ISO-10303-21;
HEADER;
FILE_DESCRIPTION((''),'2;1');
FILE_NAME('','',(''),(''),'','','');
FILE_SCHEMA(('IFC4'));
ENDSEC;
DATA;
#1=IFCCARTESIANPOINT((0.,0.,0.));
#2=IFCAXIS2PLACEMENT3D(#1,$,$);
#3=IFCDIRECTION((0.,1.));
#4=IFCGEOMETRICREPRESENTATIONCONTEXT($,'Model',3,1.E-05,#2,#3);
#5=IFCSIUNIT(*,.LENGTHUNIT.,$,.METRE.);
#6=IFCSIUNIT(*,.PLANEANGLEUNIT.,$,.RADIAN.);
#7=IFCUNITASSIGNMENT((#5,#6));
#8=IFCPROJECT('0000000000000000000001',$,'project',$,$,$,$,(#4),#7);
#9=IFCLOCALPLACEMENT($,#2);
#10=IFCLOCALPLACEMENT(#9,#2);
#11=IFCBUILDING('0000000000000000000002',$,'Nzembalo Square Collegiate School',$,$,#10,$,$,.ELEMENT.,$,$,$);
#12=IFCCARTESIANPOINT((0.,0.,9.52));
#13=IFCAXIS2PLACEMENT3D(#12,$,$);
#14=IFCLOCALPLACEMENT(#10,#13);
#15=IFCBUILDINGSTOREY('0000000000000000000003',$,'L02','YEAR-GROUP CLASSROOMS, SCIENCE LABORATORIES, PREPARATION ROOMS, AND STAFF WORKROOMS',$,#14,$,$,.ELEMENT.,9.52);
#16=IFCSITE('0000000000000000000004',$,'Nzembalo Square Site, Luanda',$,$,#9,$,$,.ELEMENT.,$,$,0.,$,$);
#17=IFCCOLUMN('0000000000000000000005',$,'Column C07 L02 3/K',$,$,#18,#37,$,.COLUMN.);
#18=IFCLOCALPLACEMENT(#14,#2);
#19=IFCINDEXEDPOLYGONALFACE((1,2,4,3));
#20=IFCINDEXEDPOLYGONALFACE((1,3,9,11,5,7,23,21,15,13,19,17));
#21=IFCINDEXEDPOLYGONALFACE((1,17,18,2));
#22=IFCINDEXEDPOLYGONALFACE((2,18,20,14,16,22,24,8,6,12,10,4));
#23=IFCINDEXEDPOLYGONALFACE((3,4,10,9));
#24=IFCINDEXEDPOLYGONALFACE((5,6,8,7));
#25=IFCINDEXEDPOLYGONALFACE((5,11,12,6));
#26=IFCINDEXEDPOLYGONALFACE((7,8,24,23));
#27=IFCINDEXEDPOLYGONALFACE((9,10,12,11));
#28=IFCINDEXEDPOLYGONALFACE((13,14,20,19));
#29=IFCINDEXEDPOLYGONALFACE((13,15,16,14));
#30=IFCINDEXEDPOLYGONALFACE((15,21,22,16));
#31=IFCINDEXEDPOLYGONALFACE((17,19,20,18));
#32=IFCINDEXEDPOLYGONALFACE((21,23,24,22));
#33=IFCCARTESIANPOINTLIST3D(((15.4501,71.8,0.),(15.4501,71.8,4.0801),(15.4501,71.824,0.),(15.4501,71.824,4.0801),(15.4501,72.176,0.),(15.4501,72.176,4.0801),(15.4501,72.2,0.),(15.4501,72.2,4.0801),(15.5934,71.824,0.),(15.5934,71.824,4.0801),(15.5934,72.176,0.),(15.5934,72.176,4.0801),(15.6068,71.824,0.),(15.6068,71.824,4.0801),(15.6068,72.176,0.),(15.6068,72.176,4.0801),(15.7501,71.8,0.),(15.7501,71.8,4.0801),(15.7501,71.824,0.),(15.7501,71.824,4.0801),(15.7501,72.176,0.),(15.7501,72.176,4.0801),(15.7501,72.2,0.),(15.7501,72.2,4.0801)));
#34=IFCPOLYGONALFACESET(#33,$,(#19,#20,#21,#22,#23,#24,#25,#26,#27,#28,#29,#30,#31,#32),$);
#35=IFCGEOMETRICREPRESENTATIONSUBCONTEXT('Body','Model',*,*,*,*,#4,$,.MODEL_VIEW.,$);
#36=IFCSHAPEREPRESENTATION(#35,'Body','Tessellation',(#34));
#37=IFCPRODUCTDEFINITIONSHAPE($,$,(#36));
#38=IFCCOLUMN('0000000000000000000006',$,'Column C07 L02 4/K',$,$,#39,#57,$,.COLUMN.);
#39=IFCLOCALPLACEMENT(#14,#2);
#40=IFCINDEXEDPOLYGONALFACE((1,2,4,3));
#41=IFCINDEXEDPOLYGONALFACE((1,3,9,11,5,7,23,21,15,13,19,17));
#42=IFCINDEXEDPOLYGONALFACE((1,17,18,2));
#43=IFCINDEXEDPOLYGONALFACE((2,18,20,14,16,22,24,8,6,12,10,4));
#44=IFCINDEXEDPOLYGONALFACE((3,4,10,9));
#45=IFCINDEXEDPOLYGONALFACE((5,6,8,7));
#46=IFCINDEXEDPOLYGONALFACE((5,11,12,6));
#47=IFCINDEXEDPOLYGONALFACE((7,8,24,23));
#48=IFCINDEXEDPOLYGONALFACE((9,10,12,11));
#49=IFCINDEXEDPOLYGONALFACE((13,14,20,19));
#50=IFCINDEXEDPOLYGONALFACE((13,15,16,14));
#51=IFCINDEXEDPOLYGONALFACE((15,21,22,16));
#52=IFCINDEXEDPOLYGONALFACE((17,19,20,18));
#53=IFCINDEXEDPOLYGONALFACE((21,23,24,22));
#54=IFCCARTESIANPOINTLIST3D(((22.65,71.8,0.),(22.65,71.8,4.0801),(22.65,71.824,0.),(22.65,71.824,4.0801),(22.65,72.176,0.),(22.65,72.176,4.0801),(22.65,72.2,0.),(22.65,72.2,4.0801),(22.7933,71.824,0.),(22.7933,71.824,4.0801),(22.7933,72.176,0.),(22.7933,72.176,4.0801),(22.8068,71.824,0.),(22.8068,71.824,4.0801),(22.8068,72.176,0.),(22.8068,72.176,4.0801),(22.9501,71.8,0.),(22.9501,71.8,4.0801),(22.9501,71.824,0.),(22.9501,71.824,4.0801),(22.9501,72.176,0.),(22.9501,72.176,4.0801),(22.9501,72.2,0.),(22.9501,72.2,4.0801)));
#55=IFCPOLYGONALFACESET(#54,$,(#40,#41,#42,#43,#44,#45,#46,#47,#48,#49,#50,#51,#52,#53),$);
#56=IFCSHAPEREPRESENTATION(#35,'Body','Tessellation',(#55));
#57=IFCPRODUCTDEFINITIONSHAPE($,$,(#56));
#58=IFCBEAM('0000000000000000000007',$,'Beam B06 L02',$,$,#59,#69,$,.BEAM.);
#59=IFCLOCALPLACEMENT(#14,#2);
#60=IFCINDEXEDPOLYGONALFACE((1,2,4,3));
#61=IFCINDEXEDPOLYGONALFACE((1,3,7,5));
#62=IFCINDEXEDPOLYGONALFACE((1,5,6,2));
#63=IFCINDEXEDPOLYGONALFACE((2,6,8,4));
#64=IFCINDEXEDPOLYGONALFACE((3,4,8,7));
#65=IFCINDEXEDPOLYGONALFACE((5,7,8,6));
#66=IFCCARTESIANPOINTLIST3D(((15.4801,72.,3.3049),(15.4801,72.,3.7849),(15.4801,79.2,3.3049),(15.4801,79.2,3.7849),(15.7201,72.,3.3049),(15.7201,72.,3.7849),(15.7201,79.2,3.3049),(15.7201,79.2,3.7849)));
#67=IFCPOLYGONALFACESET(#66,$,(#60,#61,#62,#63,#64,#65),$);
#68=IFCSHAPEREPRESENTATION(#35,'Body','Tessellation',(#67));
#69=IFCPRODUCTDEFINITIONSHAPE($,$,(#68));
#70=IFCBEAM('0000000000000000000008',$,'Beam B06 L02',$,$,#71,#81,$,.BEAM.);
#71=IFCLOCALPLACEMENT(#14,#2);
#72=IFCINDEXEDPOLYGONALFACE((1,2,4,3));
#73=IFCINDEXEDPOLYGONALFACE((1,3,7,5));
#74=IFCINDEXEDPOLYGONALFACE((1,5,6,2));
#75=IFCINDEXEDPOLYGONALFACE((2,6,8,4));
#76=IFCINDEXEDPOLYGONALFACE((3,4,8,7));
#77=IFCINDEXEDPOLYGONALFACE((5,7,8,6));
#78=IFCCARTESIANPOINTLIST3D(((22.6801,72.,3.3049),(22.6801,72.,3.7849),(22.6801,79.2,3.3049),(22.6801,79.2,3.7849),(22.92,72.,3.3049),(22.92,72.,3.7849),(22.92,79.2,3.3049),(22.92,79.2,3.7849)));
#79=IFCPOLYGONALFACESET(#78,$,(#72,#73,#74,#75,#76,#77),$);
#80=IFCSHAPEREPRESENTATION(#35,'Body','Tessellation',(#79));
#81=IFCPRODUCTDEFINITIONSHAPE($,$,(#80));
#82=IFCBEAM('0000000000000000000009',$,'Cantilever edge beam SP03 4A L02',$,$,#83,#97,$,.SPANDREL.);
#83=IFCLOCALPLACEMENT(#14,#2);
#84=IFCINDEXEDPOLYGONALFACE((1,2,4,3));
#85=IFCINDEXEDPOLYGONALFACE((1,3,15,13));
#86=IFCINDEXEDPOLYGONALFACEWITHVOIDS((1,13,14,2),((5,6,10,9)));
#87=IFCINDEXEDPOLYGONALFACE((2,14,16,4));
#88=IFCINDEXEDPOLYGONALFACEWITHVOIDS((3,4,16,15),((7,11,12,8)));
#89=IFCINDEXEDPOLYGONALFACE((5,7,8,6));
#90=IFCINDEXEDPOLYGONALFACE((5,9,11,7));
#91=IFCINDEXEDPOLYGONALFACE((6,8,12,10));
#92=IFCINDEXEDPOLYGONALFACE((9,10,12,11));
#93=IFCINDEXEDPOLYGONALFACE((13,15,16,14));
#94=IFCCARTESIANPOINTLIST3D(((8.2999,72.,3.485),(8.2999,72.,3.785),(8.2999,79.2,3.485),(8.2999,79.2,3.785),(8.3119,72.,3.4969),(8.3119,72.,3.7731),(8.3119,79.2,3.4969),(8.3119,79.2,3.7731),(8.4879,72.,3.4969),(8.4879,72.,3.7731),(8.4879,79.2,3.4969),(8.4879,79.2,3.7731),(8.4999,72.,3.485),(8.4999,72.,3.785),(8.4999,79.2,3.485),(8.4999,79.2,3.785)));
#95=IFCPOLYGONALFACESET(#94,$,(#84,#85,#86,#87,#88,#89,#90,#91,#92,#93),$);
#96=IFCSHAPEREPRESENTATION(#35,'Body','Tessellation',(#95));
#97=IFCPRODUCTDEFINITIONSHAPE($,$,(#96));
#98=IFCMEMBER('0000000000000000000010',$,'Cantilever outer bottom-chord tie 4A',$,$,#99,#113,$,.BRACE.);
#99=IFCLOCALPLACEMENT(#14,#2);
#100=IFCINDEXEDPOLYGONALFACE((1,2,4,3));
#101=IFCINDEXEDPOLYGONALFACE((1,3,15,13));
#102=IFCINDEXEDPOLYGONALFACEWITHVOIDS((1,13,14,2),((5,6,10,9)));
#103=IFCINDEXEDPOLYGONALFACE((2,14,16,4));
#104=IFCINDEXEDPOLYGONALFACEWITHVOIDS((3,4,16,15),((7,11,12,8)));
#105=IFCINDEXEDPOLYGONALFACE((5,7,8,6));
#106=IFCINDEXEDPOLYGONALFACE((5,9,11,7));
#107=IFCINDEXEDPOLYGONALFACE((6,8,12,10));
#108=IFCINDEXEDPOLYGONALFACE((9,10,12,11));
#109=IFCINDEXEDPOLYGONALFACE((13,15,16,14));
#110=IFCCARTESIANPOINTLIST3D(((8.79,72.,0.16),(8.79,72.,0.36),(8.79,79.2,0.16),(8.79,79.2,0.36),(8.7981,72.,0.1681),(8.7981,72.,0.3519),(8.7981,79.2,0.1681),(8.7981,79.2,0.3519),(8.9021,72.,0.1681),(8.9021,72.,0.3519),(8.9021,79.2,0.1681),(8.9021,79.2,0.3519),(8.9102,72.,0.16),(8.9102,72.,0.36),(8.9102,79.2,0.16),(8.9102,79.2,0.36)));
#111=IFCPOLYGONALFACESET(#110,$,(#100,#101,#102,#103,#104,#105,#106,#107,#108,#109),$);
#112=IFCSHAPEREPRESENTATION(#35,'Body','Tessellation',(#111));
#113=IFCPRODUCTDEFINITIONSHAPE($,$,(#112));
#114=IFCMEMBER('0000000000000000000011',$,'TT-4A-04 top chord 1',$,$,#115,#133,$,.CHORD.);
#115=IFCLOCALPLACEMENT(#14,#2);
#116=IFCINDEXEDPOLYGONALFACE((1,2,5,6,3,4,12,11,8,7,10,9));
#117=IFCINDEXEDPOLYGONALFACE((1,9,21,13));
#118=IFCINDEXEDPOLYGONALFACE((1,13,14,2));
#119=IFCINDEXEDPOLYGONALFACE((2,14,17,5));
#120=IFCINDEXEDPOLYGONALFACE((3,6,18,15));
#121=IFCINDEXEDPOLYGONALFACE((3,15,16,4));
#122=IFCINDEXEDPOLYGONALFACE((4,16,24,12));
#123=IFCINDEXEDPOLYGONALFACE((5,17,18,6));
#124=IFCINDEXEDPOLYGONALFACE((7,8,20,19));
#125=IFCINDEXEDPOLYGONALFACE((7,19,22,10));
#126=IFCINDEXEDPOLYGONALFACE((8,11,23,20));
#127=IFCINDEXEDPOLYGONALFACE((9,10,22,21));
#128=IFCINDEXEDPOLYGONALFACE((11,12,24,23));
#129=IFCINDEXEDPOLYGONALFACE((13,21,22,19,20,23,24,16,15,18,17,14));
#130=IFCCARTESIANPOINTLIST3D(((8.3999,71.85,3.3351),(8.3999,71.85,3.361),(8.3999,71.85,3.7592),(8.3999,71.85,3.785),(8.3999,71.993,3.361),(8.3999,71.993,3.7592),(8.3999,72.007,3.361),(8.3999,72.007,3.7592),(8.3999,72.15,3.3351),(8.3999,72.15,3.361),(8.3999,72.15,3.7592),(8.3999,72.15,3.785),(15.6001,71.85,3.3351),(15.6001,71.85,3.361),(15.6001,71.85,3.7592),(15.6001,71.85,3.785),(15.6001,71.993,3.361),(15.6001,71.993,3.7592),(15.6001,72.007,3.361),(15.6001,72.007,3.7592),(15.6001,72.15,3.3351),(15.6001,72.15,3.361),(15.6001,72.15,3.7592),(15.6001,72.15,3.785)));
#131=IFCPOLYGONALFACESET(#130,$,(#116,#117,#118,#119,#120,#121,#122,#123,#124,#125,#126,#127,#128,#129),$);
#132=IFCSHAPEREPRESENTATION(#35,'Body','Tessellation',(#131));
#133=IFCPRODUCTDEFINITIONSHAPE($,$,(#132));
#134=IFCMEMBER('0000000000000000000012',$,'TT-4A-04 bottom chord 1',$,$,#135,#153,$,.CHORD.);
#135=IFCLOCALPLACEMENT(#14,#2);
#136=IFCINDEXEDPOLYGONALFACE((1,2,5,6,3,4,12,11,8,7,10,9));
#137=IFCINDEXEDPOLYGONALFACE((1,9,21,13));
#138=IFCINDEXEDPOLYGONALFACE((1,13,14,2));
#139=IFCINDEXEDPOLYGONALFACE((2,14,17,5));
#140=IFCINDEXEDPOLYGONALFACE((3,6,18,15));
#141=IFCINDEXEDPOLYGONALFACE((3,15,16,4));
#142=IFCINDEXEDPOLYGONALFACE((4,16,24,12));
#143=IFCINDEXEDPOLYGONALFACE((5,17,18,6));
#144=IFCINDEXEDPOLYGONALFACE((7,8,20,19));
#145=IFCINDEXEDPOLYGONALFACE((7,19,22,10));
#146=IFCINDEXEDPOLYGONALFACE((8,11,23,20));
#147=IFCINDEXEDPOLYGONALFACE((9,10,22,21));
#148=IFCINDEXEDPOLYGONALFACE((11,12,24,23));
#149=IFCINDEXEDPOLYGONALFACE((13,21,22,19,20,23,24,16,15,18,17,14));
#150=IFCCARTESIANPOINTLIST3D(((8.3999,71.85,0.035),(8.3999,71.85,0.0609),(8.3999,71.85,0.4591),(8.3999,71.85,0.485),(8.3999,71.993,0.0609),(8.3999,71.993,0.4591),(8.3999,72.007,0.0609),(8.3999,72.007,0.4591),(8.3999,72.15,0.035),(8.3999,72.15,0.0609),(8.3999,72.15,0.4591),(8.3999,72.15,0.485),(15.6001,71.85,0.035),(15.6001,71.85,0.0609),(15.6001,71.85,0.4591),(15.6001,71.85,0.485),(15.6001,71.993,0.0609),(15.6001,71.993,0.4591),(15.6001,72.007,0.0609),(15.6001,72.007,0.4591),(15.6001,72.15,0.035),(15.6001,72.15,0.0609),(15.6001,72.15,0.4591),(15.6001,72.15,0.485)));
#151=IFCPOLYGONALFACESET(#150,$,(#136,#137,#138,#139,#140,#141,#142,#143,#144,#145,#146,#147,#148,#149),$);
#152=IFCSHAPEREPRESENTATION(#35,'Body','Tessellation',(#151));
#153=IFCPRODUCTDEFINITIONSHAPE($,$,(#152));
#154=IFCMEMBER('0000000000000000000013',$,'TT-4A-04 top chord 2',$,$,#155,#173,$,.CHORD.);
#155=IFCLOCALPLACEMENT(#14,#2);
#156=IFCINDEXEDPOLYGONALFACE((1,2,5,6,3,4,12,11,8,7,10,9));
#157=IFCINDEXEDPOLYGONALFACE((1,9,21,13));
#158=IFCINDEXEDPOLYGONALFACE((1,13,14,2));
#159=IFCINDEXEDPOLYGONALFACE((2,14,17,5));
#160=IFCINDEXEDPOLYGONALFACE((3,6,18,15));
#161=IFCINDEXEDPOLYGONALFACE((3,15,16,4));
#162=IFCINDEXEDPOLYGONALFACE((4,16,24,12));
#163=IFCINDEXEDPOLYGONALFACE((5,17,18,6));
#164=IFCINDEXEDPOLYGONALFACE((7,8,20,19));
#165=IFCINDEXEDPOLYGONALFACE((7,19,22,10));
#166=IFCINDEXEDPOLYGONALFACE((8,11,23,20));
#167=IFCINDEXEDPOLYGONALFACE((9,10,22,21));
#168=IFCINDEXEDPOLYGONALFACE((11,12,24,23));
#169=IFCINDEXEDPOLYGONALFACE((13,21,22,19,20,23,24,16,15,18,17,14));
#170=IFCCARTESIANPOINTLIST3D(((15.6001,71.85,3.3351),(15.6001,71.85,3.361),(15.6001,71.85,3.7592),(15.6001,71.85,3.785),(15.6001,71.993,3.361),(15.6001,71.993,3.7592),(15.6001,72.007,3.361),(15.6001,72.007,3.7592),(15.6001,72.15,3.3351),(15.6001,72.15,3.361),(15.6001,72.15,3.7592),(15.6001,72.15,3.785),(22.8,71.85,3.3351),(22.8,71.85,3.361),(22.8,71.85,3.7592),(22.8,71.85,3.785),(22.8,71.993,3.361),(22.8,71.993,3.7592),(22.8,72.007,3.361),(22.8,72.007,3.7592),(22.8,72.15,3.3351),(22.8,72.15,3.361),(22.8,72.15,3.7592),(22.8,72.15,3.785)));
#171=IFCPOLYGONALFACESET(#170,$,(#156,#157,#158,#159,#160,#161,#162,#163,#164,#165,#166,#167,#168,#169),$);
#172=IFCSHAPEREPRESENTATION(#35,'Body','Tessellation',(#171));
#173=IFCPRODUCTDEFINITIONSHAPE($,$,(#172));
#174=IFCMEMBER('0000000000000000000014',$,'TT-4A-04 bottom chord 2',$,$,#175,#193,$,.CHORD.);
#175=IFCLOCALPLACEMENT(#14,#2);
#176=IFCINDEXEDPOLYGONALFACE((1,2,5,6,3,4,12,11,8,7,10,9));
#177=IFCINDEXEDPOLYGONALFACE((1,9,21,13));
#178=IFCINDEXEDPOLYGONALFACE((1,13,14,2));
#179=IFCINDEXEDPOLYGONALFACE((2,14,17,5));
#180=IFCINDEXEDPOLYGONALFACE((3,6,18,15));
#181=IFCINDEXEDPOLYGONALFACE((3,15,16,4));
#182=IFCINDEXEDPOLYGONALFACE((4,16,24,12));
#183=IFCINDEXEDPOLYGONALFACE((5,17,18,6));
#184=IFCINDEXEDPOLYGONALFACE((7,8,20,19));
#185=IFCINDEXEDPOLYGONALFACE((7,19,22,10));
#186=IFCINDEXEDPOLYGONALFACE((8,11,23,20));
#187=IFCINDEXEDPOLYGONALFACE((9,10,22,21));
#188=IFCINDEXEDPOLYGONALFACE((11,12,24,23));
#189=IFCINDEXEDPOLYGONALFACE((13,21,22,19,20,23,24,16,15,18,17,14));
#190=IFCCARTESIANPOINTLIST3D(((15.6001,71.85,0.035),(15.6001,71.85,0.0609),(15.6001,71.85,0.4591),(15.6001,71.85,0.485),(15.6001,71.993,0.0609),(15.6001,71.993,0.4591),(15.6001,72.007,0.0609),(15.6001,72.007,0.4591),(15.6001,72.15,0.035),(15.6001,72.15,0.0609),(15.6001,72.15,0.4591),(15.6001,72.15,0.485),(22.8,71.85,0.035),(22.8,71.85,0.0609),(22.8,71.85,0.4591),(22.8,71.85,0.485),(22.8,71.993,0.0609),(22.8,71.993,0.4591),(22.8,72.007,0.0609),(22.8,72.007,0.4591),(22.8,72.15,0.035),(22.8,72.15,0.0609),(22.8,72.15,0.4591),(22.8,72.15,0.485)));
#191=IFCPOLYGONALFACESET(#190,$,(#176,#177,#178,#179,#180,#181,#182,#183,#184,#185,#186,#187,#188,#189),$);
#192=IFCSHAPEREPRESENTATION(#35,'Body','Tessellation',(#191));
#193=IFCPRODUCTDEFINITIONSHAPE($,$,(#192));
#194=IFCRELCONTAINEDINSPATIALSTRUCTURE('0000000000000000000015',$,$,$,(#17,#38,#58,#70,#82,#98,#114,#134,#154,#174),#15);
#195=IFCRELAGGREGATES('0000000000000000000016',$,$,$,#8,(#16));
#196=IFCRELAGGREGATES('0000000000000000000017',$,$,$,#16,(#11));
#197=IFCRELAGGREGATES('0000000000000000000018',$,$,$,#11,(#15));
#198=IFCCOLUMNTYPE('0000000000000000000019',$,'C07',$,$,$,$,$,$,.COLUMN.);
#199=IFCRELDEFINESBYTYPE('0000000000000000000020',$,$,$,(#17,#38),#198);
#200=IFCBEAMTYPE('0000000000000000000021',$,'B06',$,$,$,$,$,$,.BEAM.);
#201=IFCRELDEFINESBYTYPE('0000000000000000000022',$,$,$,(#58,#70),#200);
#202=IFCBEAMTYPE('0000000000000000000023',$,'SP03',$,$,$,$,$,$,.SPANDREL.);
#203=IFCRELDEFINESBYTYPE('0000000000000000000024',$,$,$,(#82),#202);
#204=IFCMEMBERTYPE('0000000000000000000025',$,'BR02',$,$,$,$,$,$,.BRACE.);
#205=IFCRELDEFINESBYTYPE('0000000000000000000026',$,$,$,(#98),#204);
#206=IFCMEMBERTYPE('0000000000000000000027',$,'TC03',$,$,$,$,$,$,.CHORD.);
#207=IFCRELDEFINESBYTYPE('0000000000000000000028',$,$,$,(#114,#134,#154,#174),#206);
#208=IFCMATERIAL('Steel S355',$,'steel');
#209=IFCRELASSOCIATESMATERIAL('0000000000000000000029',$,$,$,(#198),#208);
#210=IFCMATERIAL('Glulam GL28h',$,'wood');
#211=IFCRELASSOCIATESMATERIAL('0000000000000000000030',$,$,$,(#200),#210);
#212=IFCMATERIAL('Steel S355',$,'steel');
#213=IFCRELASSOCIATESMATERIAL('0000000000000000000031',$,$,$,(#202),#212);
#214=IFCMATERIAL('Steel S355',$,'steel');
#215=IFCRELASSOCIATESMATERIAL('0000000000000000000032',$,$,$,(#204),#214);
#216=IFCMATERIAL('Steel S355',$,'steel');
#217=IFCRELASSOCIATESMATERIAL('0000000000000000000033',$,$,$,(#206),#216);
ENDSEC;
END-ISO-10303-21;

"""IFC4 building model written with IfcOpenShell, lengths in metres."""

from ifc_helpers import new_model, si_unit, direction, frame, origin, origin_2d, place, context, subcontext, project, spatial, rectangle, hollow_rectangle, i_section, extrude, material, material_profile, profile_set, type_object, element, save


model = new_model("IFC4")

# Units and contexts
model_context = context("Model", 3, precision=1e-05, world=origin(), true_north=direction((0.0, 1.0)))
body_context = subcontext(model_context, "Body", "Model", "MODEL_VIEW")
ifc_project = project(units=[si_unit("LENGTHUNIT", "METRE"), si_unit("PLANEANGLEUNIT", "RADIAN")], contexts=[model_context])

# Site, building, storey
site_placement = place(None, origin())
site = spatial("IfcSite", under=ifc_project, at=site_placement, Name="Nzembalo Square Site, Luanda", CompositionType="ELEMENT", RefElevation=0.0)
building_placement = place(site_placement, origin())
building = spatial("IfcBuilding", under=site, at=building_placement, Name="Nzembalo Square Collegiate School", CompositionType="ELEMENT")
storey_placement = place(building_placement, frame((0.0, 0.0, 9.52)))
storey = spatial("IfcBuildingStorey", under=building, at=storey_placement, Name="L02", Description="YEAR-GROUP CLASSROOMS, SCIENCE LABORATORIES, PREPARATION ROOMS, AND STAFF WORKROOMS", CompositionType="ELEMENT", Elevation=9.52)

# Columns
ifc_material_1 = material(Name="Steel S355", Category="steel")
ifc_material_profile_1 = material_profile(ifc_material_1, i_section(OverallWidth=0.3, OverallDepth=0.3999, WebThickness=0.0134, FlangeThickness=0.0239, at=origin_2d()), Name="HEB 400")
ifc_profile_set_1 = profile_set([ifc_material_profile_1], Name="Steel S355")
column_type = type_object("IfcColumnType", Name="C07", PredefinedType="COLUMN", material=ifc_profile_set_1)
for number, where, z_axis, x_axis, name in (
    (1, (15.6001, 72.0, 0.0), (0.0, 0.0, 1.0), (1.0, 0.0, 0.0), "Column C07 L02 3/K"),
    (2, (22.8, 72.0, 0.0), (0.0, 0.0, 1.0), (1.0, 0.0, 0.0), "Column C07 L02 4/K"),
):
    element("IfcColumn", number, at=place(storey_placement, frame(where, z_axis=z_axis, x_axis=x_axis)), inside=storey, type_object=column_type, Name=name, PredefinedType="COLUMN", context=body_context, shape_type="SweptSolid", body=[
        extrude(i_section(OverallWidth=0.3, OverallDepth=0.3999, WebThickness=0.0134, FlangeThickness=0.0239, at=origin_2d()), origin(), (0.0, 0.0, 1.0), 4.0801),
    ])

# Beams
ifc_material_2 = material(Name="Glulam GL28h", Category="wood")
ifc_material_profile_2 = material_profile(ifc_material_2, rectangle(XDim=0.24, YDim=0.48, at=origin_2d()), Name="GL28h 240x480")
ifc_profile_set_2 = profile_set([ifc_material_profile_2], Name="Glulam GL28h")
beam_type_1 = type_object("IfcBeamType", Name="B06", PredefinedType="BEAM", material=ifc_profile_set_2)
for number, where, z_axis, x_axis, name in (
    (3, (15.6001, 72.0, 3.5449), (0.0, 1.0, 0.0), (-1.0, 0.0, 0.0), "Beam B06 L02"),
    (4, (22.8, 72.0, 3.5449), (0.0, 1.0, 0.0), (-1.0, 0.0, 0.0), "Beam B06 L02"),
):
    element("IfcBeam", number, at=place(storey_placement, frame(where, z_axis=z_axis, x_axis=x_axis)), inside=storey, type_object=beam_type_1, Name=name, PredefinedType="BEAM", context=body_context, shape_type="SweptSolid", body=[
        extrude(rectangle(XDim=0.24, YDim=0.48, at=origin_2d()), origin(), (0.0, 0.0, 1.0), 7.2),
    ])
ifc_material_3 = material(Name="Steel S355", Category="steel")
ifc_material_profile_3 = material_profile(ifc_material_3, hollow_rectangle(XDim=0.2, YDim=0.3, WallThickness=0.012, at=origin_2d()), Name="RHS 300x200x12")
ifc_profile_set_3 = profile_set([ifc_material_profile_3], Name="Steel S355")
beam_type_2 = type_object("IfcBeamType", Name="SP03", PredefinedType="SPANDREL", material=ifc_profile_set_3)
beam_placement = place(storey_placement, frame((8.3999, 72.0, 3.635), z_axis=(0.0, 1.0, 0.0), x_axis=(-1.0, 0.0, 0.0)))
element("IfcBeam", 5, at=beam_placement, inside=storey, type_object=beam_type_2, Name="Cantilever edge beam SP03 4A L02", PredefinedType="SPANDREL", context=body_context, shape_type="SweptSolid", body=[
    extrude(hollow_rectangle(XDim=0.2, YDim=0.3, WallThickness=0.012, at=origin_2d()), origin(), (0.0, 0.0, 1.0), 7.2),
])

# Members
ifc_material_4 = material(Name="Steel S355", Category="steel")
ifc_material_profile_4 = material_profile(ifc_material_4, hollow_rectangle(XDim=0.1201, YDim=0.2, WallThickness=0.0081, at=origin_2d()), Name="RHS 200x120x8")
ifc_profile_set_4 = profile_set([ifc_material_profile_4], Name="Steel S355")
member_type_1 = type_object("IfcMemberType", Name="BR02", PredefinedType="BRACE", material=ifc_profile_set_4)
member_1_placement = place(storey_placement, frame((8.8501, 72.0, 0.26), z_axis=(0.0, 1.0, 0.0), x_axis=(-1.0, 0.0, 0.0)))
element("IfcMember", 6, at=member_1_placement, inside=storey, type_object=member_type_1, Name="Cantilever outer bottom-chord tie 4A", PredefinedType="BRACE", context=body_context, shape_type="SweptSolid", body=[
    extrude(hollow_rectangle(XDim=0.1201, YDim=0.2, WallThickness=0.0081, at=origin_2d()), origin(), (0.0, 0.0, 1.0), 7.2),
])
ifc_material_5 = material(Name="Steel S355", Category="steel")
ifc_material_profile_5 = material_profile(ifc_material_5, i_section(OverallWidth=0.3, OverallDepth=0.45, WebThickness=0.0139, FlangeThickness=0.0259, at=origin_2d()), Name="HEB 450")
ifc_profile_set_5 = profile_set([ifc_material_profile_5], Name="Steel S355")
member_type_2 = type_object("IfcMemberType", Name="TC03", PredefinedType="CHORD", material=ifc_profile_set_5)
for number, where, z_axis, x_axis, name in (
    (7, (8.3999, 72.0, 3.5601), (1.0, 0.0, 0.0), (0.0, 1.0, 0.0), "TT-4A-04 top chord 1"),
    (8, (8.3999, 72.0, 0.26), (1.0, 0.0, 0.0), (0.0, 1.0, 0.0), "TT-4A-04 bottom chord 1"),
):
    element("IfcMember", number, at=place(storey_placement, frame(where, z_axis=z_axis, x_axis=x_axis)), inside=storey, type_object=member_type_2, Name=name, PredefinedType="CHORD", context=body_context, shape_type="SweptSolid", body=[
        extrude(i_section(OverallWidth=0.3, OverallDepth=0.45, WebThickness=0.0139, FlangeThickness=0.0259, at=origin_2d()), origin(), (0.0, 0.0, 1.0), 7.2002),
    ])
for number, where, z_axis, x_axis, name in (
    (9, (15.6001, 72.0, 3.5601), (1.0, 0.0, 0.0), (0.0, 1.0, 0.0), "TT-4A-04 top chord 2"),
    (10, (15.6001, 72.0, 0.26), (1.0, 0.0, 0.0), (0.0, 1.0, 0.0), "TT-4A-04 bottom chord 2"),
):
    element("IfcMember", number, at=place(storey_placement, frame(where, z_axis=z_axis, x_axis=x_axis)), inside=storey, type_object=member_type_2, Name=name, PredefinedType="CHORD", context=body_context, shape_type="SweptSolid", body=[
        extrude(i_section(OverallWidth=0.3, OverallDepth=0.45, WebThickness=0.0139, FlangeThickness=0.0259, at=origin_2d()), origin(), (0.0, 0.0, 1.0), 7.2),
    ])

save(model, "model.ifc")
